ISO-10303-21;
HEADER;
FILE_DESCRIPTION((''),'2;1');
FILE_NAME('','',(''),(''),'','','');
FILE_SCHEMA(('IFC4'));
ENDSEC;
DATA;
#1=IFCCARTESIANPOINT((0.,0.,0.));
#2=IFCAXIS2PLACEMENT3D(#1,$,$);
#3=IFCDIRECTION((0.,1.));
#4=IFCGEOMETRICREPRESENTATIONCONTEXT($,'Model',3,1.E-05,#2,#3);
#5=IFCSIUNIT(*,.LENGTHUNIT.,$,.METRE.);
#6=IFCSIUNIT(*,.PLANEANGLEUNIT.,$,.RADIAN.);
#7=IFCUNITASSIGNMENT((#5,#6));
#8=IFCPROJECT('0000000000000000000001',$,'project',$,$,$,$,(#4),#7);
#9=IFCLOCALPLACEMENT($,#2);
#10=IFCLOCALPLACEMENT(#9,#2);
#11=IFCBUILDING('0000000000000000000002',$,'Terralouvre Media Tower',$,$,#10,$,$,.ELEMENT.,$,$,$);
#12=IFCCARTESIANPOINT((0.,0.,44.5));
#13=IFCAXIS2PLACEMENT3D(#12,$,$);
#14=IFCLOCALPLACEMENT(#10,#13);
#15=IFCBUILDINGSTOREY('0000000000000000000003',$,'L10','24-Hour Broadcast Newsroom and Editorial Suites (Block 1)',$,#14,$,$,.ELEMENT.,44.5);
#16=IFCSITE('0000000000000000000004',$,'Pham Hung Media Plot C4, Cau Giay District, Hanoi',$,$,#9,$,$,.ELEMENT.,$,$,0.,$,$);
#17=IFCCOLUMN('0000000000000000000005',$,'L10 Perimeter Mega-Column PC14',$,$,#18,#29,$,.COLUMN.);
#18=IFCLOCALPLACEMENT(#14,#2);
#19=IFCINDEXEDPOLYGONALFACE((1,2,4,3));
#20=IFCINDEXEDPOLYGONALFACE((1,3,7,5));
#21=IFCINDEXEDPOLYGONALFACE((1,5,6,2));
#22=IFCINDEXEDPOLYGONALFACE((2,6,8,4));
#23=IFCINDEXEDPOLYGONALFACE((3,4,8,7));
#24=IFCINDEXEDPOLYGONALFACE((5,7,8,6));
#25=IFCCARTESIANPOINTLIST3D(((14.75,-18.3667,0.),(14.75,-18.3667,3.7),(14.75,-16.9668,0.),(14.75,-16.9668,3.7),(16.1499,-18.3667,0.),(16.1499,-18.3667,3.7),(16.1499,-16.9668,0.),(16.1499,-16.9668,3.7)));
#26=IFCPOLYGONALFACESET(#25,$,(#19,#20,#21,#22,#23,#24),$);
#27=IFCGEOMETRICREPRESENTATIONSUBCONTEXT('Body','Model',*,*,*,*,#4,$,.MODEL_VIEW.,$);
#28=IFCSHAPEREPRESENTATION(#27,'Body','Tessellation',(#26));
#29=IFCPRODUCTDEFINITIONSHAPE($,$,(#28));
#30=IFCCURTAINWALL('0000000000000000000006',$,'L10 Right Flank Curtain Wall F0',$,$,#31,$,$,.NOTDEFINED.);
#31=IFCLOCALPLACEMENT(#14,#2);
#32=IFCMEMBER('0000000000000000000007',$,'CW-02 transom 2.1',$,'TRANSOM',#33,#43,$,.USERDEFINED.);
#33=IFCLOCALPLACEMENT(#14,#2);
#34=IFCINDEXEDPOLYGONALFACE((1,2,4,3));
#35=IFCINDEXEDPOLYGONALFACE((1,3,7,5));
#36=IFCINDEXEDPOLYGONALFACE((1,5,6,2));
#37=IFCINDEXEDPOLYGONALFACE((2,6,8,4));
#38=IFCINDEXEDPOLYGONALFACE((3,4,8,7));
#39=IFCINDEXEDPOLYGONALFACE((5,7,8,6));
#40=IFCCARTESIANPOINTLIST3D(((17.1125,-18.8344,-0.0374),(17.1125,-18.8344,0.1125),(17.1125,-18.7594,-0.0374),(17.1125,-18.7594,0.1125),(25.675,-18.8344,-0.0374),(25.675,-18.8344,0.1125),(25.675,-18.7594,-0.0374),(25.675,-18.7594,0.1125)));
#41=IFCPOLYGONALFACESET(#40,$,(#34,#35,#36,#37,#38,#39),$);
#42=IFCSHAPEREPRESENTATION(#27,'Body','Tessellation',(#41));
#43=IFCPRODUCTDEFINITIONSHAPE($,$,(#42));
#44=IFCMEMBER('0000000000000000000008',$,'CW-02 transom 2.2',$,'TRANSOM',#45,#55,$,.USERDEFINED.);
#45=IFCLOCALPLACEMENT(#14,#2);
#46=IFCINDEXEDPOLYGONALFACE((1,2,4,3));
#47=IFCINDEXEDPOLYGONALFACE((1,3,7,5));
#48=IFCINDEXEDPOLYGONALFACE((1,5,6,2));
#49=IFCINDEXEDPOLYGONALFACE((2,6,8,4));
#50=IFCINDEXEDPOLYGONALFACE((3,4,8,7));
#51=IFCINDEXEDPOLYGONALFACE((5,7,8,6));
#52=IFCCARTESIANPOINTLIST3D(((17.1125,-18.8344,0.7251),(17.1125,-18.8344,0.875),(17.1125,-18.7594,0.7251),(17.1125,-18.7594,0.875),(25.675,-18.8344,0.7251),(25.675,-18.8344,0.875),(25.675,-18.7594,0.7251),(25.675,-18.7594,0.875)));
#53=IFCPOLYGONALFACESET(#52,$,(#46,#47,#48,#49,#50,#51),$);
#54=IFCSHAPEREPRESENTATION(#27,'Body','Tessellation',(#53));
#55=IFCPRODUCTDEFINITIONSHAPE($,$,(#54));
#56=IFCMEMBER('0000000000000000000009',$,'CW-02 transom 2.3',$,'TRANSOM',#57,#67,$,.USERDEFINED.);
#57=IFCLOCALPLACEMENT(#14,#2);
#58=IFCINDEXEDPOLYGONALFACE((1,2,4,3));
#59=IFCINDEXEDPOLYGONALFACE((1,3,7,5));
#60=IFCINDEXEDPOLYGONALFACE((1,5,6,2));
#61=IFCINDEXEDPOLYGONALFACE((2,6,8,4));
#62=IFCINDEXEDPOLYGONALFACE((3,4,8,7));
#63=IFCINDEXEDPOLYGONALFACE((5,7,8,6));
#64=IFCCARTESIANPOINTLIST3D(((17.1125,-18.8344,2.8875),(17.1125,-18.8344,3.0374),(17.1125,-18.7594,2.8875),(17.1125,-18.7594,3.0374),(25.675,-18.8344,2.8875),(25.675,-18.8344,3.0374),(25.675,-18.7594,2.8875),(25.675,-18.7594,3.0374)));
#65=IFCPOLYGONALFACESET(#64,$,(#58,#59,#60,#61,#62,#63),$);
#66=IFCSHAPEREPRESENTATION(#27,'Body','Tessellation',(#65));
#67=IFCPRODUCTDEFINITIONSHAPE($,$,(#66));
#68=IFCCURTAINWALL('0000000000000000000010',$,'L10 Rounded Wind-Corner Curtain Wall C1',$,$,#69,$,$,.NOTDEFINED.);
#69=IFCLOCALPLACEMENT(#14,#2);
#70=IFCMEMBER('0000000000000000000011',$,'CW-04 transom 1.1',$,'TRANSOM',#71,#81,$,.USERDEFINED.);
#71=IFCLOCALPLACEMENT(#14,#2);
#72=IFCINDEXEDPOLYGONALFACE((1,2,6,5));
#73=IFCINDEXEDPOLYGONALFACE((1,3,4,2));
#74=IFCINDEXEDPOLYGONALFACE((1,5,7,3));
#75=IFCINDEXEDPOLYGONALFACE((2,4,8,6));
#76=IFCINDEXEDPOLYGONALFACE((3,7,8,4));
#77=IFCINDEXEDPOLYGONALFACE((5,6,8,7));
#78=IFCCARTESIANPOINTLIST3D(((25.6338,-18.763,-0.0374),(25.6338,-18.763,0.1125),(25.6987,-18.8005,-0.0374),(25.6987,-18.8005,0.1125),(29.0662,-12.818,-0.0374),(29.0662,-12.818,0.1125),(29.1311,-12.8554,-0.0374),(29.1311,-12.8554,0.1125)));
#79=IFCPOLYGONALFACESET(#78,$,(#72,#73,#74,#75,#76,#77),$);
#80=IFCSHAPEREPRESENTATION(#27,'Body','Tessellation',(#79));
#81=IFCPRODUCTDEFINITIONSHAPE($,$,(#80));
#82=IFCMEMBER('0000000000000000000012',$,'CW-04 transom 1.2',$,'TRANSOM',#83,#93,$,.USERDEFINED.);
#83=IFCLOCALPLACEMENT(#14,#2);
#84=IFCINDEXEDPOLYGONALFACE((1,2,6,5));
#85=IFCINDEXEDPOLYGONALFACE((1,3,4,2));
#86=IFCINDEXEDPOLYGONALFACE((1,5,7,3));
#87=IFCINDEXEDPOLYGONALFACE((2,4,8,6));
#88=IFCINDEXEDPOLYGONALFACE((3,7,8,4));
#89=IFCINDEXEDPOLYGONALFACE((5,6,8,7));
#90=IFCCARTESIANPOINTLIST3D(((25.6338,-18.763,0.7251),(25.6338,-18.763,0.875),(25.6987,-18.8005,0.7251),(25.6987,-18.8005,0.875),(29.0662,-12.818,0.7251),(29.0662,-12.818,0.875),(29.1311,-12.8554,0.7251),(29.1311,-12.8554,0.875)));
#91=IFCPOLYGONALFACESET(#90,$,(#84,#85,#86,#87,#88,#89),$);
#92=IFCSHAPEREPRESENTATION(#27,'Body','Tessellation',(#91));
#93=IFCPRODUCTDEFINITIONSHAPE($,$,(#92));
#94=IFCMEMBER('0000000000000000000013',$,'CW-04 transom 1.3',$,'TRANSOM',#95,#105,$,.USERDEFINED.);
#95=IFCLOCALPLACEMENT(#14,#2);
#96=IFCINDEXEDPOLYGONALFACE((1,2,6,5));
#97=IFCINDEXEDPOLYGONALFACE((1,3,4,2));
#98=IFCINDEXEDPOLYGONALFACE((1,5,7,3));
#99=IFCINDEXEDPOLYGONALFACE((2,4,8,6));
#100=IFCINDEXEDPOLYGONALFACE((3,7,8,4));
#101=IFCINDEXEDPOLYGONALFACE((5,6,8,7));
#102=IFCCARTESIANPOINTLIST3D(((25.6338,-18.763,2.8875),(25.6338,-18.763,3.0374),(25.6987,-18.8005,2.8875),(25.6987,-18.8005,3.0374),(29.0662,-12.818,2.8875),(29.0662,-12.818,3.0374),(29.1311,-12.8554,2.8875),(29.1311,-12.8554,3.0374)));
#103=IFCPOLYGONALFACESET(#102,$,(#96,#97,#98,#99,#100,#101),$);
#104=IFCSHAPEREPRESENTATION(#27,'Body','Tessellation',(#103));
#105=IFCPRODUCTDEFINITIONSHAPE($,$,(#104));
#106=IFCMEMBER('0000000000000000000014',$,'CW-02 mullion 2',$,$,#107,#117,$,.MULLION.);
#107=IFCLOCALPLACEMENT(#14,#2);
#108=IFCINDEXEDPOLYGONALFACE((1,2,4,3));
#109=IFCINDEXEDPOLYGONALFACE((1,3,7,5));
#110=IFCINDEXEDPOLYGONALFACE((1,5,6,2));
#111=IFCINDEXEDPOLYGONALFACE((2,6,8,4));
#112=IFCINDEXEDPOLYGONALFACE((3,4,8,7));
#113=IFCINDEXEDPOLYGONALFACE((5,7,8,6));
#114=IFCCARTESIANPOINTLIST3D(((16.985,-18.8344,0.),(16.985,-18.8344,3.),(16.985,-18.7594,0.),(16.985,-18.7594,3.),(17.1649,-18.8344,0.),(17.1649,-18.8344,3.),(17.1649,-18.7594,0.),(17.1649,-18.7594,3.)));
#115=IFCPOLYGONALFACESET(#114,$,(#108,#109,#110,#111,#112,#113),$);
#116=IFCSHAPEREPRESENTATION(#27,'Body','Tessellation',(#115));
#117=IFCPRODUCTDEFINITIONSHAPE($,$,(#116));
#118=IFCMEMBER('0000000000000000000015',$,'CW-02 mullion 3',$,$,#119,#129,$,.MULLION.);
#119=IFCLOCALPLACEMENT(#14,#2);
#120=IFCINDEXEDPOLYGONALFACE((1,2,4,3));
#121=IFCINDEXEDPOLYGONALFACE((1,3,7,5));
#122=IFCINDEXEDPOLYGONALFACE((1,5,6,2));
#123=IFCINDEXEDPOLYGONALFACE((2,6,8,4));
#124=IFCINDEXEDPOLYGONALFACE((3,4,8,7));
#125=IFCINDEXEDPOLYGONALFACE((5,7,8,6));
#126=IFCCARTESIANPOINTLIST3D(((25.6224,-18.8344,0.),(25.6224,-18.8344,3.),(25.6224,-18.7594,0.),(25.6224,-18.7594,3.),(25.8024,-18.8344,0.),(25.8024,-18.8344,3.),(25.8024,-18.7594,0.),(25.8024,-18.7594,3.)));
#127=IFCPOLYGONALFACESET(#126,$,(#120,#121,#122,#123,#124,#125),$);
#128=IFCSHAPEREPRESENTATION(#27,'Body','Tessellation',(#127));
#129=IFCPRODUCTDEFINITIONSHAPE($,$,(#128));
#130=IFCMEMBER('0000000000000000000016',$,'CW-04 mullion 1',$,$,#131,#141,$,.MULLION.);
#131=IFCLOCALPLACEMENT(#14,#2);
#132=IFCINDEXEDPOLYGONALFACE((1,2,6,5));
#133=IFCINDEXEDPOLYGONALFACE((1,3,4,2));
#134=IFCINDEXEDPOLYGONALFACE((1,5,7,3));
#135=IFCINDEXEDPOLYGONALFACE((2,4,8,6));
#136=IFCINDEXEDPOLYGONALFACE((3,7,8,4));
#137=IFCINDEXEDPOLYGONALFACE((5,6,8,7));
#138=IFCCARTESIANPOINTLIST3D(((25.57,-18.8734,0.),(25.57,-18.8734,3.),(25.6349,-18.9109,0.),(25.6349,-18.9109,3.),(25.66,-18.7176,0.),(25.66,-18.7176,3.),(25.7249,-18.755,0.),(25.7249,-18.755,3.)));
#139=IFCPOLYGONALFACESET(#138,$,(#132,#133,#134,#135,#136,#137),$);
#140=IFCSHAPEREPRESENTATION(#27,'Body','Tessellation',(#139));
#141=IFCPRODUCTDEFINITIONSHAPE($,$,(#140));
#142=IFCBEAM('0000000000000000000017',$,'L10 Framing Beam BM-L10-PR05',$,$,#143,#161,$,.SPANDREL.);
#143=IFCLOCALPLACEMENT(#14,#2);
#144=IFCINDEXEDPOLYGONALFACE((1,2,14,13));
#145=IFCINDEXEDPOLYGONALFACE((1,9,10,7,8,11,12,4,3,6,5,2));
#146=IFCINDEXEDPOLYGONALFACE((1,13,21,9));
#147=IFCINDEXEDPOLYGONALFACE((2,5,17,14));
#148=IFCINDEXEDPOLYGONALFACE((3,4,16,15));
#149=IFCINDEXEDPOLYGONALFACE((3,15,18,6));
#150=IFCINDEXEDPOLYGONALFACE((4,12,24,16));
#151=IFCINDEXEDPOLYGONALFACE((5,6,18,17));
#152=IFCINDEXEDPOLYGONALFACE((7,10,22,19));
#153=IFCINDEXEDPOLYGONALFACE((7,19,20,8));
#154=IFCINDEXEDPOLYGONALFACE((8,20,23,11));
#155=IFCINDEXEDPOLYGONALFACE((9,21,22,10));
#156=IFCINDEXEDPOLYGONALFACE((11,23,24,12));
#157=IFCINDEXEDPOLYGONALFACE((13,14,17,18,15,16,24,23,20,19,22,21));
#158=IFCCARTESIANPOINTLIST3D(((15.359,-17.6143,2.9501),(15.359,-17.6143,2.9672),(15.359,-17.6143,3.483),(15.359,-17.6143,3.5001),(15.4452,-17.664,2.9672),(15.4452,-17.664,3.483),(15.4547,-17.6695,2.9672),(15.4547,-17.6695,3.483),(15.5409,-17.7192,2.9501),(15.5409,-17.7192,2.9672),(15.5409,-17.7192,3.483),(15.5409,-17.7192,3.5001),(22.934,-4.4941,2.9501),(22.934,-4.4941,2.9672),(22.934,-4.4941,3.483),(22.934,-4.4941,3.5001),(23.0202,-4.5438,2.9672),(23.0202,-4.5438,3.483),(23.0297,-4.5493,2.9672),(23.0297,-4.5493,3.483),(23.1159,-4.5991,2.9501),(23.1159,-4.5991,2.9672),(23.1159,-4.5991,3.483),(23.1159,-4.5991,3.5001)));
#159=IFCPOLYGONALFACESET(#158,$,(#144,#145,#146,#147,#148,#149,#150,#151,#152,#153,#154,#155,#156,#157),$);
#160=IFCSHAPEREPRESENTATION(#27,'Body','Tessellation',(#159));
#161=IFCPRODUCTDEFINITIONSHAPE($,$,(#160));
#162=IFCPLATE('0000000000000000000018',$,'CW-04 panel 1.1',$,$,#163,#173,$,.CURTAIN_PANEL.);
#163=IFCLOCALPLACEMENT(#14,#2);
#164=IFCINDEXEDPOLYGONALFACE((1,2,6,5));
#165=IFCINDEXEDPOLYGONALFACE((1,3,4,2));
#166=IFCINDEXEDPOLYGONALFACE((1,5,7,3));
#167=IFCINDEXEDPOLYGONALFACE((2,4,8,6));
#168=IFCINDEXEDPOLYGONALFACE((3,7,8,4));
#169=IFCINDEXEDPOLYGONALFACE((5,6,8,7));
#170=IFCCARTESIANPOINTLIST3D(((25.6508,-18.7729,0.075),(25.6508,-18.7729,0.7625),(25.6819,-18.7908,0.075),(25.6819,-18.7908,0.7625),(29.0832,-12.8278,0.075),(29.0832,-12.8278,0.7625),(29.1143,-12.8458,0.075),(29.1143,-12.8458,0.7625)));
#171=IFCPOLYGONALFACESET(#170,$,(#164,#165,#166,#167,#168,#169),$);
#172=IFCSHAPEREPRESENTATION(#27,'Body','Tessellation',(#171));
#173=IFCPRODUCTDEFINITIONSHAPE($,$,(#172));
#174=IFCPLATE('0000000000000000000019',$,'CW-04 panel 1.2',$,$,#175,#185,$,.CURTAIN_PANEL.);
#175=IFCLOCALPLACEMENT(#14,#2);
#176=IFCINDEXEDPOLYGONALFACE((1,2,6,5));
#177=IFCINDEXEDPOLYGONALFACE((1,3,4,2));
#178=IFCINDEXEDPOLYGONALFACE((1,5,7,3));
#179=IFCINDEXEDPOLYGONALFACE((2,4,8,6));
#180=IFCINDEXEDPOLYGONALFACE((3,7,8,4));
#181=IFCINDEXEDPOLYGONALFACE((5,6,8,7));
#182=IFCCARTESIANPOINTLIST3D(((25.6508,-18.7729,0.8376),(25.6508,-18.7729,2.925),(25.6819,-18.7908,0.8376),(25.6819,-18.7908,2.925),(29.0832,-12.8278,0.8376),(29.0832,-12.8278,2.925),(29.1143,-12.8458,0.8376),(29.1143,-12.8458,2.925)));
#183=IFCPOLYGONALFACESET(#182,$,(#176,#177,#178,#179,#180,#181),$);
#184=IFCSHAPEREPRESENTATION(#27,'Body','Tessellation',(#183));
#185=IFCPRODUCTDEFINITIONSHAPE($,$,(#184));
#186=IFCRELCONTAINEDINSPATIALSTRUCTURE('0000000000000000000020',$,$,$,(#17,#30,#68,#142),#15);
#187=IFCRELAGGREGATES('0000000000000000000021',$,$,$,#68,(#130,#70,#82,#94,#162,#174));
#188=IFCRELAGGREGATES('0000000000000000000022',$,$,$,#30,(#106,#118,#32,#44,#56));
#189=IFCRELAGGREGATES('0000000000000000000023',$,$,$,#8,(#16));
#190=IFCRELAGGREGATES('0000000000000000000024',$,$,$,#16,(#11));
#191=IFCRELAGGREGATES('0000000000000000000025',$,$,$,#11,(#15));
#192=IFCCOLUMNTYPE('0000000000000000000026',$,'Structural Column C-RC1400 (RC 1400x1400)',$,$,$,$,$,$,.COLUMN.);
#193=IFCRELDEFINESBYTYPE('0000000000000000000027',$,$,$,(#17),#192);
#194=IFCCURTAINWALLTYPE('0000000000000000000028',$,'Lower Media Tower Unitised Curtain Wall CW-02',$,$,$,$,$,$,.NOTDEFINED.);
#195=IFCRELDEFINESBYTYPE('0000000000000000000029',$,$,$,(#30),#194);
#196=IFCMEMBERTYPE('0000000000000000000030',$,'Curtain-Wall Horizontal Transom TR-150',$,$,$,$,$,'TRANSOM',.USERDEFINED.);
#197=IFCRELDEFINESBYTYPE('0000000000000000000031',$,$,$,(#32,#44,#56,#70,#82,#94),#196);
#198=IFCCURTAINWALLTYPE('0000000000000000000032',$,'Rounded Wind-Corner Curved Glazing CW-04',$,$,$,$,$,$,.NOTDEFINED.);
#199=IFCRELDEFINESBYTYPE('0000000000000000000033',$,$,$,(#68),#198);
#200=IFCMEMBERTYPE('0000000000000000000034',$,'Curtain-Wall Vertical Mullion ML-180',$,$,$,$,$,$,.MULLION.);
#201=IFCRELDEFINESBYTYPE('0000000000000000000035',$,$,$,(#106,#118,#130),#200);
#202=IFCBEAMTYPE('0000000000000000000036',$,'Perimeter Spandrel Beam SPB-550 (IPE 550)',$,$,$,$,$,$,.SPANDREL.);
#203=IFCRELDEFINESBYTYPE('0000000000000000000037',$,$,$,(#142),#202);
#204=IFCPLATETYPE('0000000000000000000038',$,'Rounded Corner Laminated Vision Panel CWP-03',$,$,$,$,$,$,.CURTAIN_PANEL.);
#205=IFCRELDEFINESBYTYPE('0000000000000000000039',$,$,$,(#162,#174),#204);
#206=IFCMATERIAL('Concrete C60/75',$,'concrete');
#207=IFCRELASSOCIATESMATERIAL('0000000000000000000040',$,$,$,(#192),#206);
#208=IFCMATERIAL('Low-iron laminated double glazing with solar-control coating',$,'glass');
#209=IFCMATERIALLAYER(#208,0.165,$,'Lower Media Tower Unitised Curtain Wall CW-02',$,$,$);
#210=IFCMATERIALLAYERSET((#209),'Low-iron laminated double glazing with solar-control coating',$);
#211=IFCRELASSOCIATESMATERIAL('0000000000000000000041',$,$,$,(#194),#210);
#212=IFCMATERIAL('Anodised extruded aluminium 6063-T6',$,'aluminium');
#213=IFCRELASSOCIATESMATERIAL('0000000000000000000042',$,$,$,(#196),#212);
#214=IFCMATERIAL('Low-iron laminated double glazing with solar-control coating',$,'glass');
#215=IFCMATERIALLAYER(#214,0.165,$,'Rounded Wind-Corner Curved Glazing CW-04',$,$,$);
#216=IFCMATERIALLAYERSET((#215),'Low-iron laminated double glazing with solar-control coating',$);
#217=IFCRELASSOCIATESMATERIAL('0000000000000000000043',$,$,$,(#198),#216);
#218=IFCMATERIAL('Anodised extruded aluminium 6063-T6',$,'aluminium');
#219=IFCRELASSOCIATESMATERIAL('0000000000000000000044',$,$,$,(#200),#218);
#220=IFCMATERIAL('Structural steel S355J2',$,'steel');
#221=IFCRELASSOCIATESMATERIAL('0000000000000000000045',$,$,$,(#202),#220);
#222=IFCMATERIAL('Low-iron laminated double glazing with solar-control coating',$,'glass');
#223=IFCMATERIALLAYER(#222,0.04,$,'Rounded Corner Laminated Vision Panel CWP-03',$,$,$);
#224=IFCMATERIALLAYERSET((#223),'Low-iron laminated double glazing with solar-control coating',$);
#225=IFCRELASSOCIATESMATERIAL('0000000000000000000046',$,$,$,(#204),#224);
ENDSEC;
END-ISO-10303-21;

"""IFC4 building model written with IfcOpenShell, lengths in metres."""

from ifc_helpers import new_model, si_unit, direction, frame, origin, origin_2d, place, context, subcontext, project, spatial, rectangle, i_section, extrude, material, layer, layer_set, material_profile, profile_set, type_object, element, aggregate, save


model = new_model("IFC4")

# Units and contexts
model_context = context("Model", 3, precision=1e-05, world=origin(), true_north=direction((0.0, 1.0)))
body_context = subcontext(model_context, "Body", "Model", "MODEL_VIEW")
ifc_project = project(units=[si_unit("LENGTHUNIT", "METRE"), si_unit("PLANEANGLEUNIT", "RADIAN")], contexts=[model_context])

# Site, building, storey
site_placement = place(None, origin())
site = spatial("IfcSite", under=ifc_project, at=site_placement, Name="Pham Hung Media Plot C4, Cau Giay District, Hanoi", CompositionType="ELEMENT", RefElevation=0.0)
building_placement = place(site_placement, origin())
building = spatial("IfcBuilding", under=site, at=building_placement, Name="Terralouvre Media Tower", CompositionType="ELEMENT")
storey_placement = place(building_placement, frame((0.0, 0.0, 44.5)))
storey = spatial("IfcBuildingStorey", under=building, at=storey_placement, Name="L10", Description="24-Hour Broadcast Newsroom and Editorial Suites (Block 1)", CompositionType="ELEMENT", Elevation=44.5)

# Column
ifc_material_1 = material(Name="Concrete C60/75", Category="concrete")
ifc_material_profile_1 = material_profile(ifc_material_1, rectangle(XDim=1.3999, YDim=1.3999, at=origin_2d()), Name="RC 1400x1400")
ifc_profile_set_1 = profile_set([ifc_material_profile_1], Name="Concrete C60/75")
column_type = type_object("IfcColumnType", Name="Structural Column C-RC1400 (RC 1400x1400)", PredefinedType="COLUMN", material=ifc_profile_set_1)
column_placement = place(storey_placement, frame((15.45, -17.6667, 0.0), z_axis=(0.0, 0.0, 1.0), x_axis=(1.0, 0.0, 0.0)))
element("IfcColumn", 1, at=column_placement, inside=storey, type_object=column_type, Name="L10 Perimeter Mega-Column PC14", PredefinedType="COLUMN", context=body_context, shape_type="SweptSolid", body=[
    extrude(rectangle(XDim=1.3999, YDim=1.3999, at=origin_2d()), origin(), (0.0, 0.0, 1.0), 3.7),
])

# Curtain walls, members
ifc_material_2 = material(Name="Low-iron laminated double glazing with solar-control coating", Category="glass")
ifc_layer_1 = layer(ifc_material_2, 0.165, Name="Lower Media Tower Unitised Curtain Wall CW-02")
ifc_layer_set_1 = layer_set([ifc_layer_1], Name="Low-iron laminated double glazing with solar-control coating")
curtain_wall_type_1 = type_object("IfcCurtainWallType", Name="Lower Media Tower Unitised Curtain Wall CW-02", PredefinedType="NOTDEFINED", material=ifc_layer_set_1)
curtain_wall_1_placement = place(storey_placement, origin())
curtain_wall_1 = element("IfcCurtainWall", 2, at=curtain_wall_1_placement, inside=storey, type_object=curtain_wall_type_1, Name="L10 Right Flank Curtain Wall F0", PredefinedType="NOTDEFINED")
ifc_material_3 = material(Name="Anodised extruded aluminium 6063-T6", Category="aluminium")
ifc_material_profile_2 = material_profile(ifc_material_3, rectangle(XDim=0.075, YDim=0.1499, at=origin_2d()), Name="ALU 75x150")
ifc_profile_set_2 = profile_set([ifc_material_profile_2], Name="Anodised extruded aluminium 6063-T6")
member_type_1 = type_object("IfcMemberType", Name="Curtain-Wall Horizontal Transom TR-150", ElementType="TRANSOM", PredefinedType="USERDEFINED", material=ifc_profile_set_2)
member_1_placement = place(storey_placement, frame((17.1125, -18.7969, 0.0376), z_axis=(1.0, 0.0, 0.0), x_axis=(0.0, 1.0, 0.0)))
member_1 = element("IfcMember", 3, at=member_1_placement, type_object=member_type_1, Name="CW-02 transom 2.1", ObjectType="TRANSOM", PredefinedType="USERDEFINED", context=body_context, shape_type="SweptSolid", body=[
    extrude(rectangle(XDim=0.075, YDim=0.1499, at=origin_2d()), origin(), (0.0, 0.0, 1.0), 8.5625),
])
member_2_placement = place(storey_placement, frame((17.1125, -18.7969, 0.8), z_axis=(1.0, 0.0, 0.0), x_axis=(0.0, 1.0, 0.0)))
member_2 = element("IfcMember", 4, at=member_2_placement, type_object=member_type_1, Name="CW-02 transom 2.2", ObjectType="TRANSOM", PredefinedType="USERDEFINED", context=body_context, shape_type="SweptSolid", body=[
    extrude(rectangle(XDim=0.075, YDim=0.1499, at=origin_2d()), origin(), (0.0, 0.0, 1.0), 8.5625),
])
member_3_placement = place(storey_placement, frame((17.1125, -18.7969, 2.9624), z_axis=(1.0, 0.0, 0.0), x_axis=(0.0, 1.0, 0.0)))
member_3 = element("IfcMember", 5, at=member_3_placement, type_object=member_type_1, Name="CW-02 transom 2.3", ObjectType="TRANSOM", PredefinedType="USERDEFINED", context=body_context, shape_type="SweptSolid", body=[
    extrude(rectangle(XDim=0.075, YDim=0.1499, at=origin_2d()), origin(), (0.0, 0.0, 1.0), 8.5625),
])
ifc_material_4 = material(Name="Low-iron laminated double glazing with solar-control coating", Category="glass")
ifc_layer_2 = layer(ifc_material_4, 0.165, Name="Rounded Wind-Corner Curved Glazing CW-04")
ifc_layer_set_2 = layer_set([ifc_layer_2], Name="Low-iron laminated double glazing with solar-control coating")
curtain_wall_type_2 = type_object("IfcCurtainWallType", Name="Rounded Wind-Corner Curved Glazing CW-04", PredefinedType="NOTDEFINED", material=ifc_layer_set_2)
curtain_wall_2_placement = place(storey_placement, origin())
curtain_wall_2 = element("IfcCurtainWall", 6, at=curtain_wall_2_placement, inside=storey, type_object=curtain_wall_type_2, Name="L10 Rounded Wind-Corner Curtain Wall C1", PredefinedType="NOTDEFINED")
member_4_placement = place(storey_placement, frame((25.6663, -18.7817, 0.0376), z_axis=(0.499998, 0.866026, 0.0), x_axis=(-0.866026, 0.499998, 0.0)))
member_4 = element("IfcMember", 7, at=member_4_placement, type_object=member_type_1, Name="CW-04 transom 1.1", ObjectType="TRANSOM", PredefinedType="USERDEFINED", context=body_context, shape_type="SweptSolid", body=[
    extrude(rectangle(XDim=0.075, YDim=0.1499, at=origin_2d()), origin(), (0.0, 0.0, 1.0), 6.8647),
])
member_5_placement = place(storey_placement, frame((25.6663, -18.7817, 0.8), z_axis=(0.499998, 0.866026, 0.0), x_axis=(-0.866026, 0.499998, 0.0)))
member_5 = element("IfcMember", 8, at=member_5_placement, type_object=member_type_1, Name="CW-04 transom 1.2", ObjectType="TRANSOM", PredefinedType="USERDEFINED", context=body_context, shape_type="SweptSolid", body=[
    extrude(rectangle(XDim=0.075, YDim=0.1499, at=origin_2d()), origin(), (0.0, 0.0, 1.0), 6.8647),
])
member_6_placement = place(storey_placement, frame((25.6663, -18.7817, 2.9624), z_axis=(0.499998, 0.866026, 0.0), x_axis=(-0.866026, 0.499998, 0.0)))
member_6 = element("IfcMember", 9, at=member_6_placement, type_object=member_type_1, Name="CW-04 transom 1.3", ObjectType="TRANSOM", PredefinedType="USERDEFINED", context=body_context, shape_type="SweptSolid", body=[
    extrude(rectangle(XDim=0.075, YDim=0.1499, at=origin_2d()), origin(), (0.0, 0.0, 1.0), 6.8647),
])

# Members
ifc_material_5 = material(Name="Anodised extruded aluminium 6063-T6", Category="aluminium")
ifc_material_profile_3 = material_profile(ifc_material_5, rectangle(XDim=0.075, YDim=0.1799, at=origin_2d()), Name="ALU 75x180")
ifc_profile_set_3 = profile_set([ifc_material_profile_3], Name="Anodised extruded aluminium 6063-T6")
member_type_2 = type_object("IfcMemberType", Name="Curtain-Wall Vertical Mullion ML-180", PredefinedType="MULLION", material=ifc_profile_set_3)
member_7_placement = place(storey_placement, frame((17.075, -18.7969, 0.0), z_axis=(0.0, 0.0, 1.0), x_axis=(0.0, 1.0, 0.0)))
member_7 = element("IfcMember", 10, at=member_7_placement, type_object=member_type_2, Name="CW-02 mullion 2", PredefinedType="MULLION", context=body_context, shape_type="SweptSolid", body=[
    extrude(rectangle(XDim=0.075, YDim=0.1799, at=origin_2d()), origin(), (0.0, 0.0, 1.0), 3.0),
])
member_8_placement = place(storey_placement, frame((25.7124, -18.7969, 0.0), z_axis=(0.0, 0.0, 1.0), x_axis=(0.0, 1.0, 0.0)))
member_8 = element("IfcMember", 11, at=member_8_placement, type_object=member_type_2, Name="CW-02 mullion 3", PredefinedType="MULLION", context=body_context, shape_type="SweptSolid", body=[
    extrude(rectangle(XDim=0.075, YDim=0.1799, at=origin_2d()), origin(), (0.0, 0.0, 1.0), 3.0),
])
member_9_placement = place(storey_placement, frame((25.6475, -18.8142, 0.0), z_axis=(0.0, 0.0, 1.0), x_axis=(-0.866026, 0.5, 0.0)))
member_9 = element("IfcMember", 12, at=member_9_placement, type_object=member_type_2, Name="CW-04 mullion 1", PredefinedType="MULLION", context=body_context, shape_type="SweptSolid", body=[
    extrude(rectangle(XDim=0.075, YDim=0.1799, at=origin_2d()), origin(), (0.0, 0.0, 1.0), 3.0),
])

# Beam
ifc_material_6 = material(Name="Structural steel S355J2", Category="steel")
ifc_material_profile_4 = material_profile(ifc_material_6, i_section(OverallWidth=0.21, OverallDepth=0.55, WebThickness=0.011, FlangeThickness=0.0171, at=origin_2d()), Name="IPE 550")
ifc_profile_set_4 = profile_set([ifc_material_profile_4], Name="Structural steel S355J2")
beam_type = type_object("IfcBeamType", Name="Perimeter Spandrel Beam SPB-550 (IPE 550)", PredefinedType="SPANDREL", material=ifc_profile_set_4)
beam_placement = place(storey_placement, frame((15.45, -17.6667, 3.2251), z_axis=(0.500002, 0.866024, 0.0), x_axis=(-0.866024, 0.500002, 0.0)))
element("IfcBeam", 13, at=beam_placement, inside=storey, type_object=beam_type, Name="L10 Framing Beam BM-L10-PR05", PredefinedType="SPANDREL", context=body_context, shape_type="SweptSolid", body=[
    extrude(i_section(OverallWidth=0.21, OverallDepth=0.55, WebThickness=0.011, FlangeThickness=0.0171, at=origin_2d()), origin(), (0.0, 0.0, 1.0), 15.1499),
])

# Plates
ifc_material_7 = material(Name="Low-iron laminated double glazing with solar-control coating", Category="glass")
ifc_layer_3 = layer(ifc_material_7, 0.04, Name="Rounded Corner Laminated Vision Panel CWP-03")
ifc_layer_set_3 = layer_set([ifc_layer_3], Name="Low-iron laminated double glazing with solar-control coating")
plate_type_1 = type_object("IfcPlateType", Name="Rounded Corner Laminated Vision Panel CWP-03", PredefinedType="CURTAIN_PANEL", material=ifc_layer_set_3)
plate_1_placement = place(storey_placement, frame((27.3826, -15.8093, 0.075), z_axis=(0.0, 0.0, 1.0), x_axis=(0.5, 0.866026, 0.0)))
plate_1 = element("IfcPlate", 14, at=plate_1_placement, type_object=plate_type_1, Name="CW-04 panel 1.1", PredefinedType="CURTAIN_PANEL", context=body_context, shape_type="SweptSolid", body=[
    extrude(rectangle(XDim=6.8647, YDim=0.0359, at=origin_2d()), origin(), (0.0, 0.0, 1.0), 0.6875),
])
plate_2_placement = place(storey_placement, frame((27.3826, -15.8093, 0.8376), z_axis=(0.0, 0.0, 1.0), x_axis=(0.5, 0.866026, 0.0)))
plate_2 = element("IfcPlate", 15, at=plate_2_placement, type_object=plate_type_1, Name="CW-04 panel 1.2", PredefinedType="CURTAIN_PANEL", context=body_context, shape_type="SweptSolid", body=[
    extrude(rectangle(XDim=6.8647, YDim=0.0359, at=origin_2d()), origin(), (0.0, 0.0, 1.0), 2.0874),
])
aggregate(curtain_wall_2, [member_9, member_4, member_5, member_6, plate_1, plate_2])
aggregate(curtain_wall_1, [member_7, member_8, member_1, member_2, member_3])

save(model, "model.ifc")
